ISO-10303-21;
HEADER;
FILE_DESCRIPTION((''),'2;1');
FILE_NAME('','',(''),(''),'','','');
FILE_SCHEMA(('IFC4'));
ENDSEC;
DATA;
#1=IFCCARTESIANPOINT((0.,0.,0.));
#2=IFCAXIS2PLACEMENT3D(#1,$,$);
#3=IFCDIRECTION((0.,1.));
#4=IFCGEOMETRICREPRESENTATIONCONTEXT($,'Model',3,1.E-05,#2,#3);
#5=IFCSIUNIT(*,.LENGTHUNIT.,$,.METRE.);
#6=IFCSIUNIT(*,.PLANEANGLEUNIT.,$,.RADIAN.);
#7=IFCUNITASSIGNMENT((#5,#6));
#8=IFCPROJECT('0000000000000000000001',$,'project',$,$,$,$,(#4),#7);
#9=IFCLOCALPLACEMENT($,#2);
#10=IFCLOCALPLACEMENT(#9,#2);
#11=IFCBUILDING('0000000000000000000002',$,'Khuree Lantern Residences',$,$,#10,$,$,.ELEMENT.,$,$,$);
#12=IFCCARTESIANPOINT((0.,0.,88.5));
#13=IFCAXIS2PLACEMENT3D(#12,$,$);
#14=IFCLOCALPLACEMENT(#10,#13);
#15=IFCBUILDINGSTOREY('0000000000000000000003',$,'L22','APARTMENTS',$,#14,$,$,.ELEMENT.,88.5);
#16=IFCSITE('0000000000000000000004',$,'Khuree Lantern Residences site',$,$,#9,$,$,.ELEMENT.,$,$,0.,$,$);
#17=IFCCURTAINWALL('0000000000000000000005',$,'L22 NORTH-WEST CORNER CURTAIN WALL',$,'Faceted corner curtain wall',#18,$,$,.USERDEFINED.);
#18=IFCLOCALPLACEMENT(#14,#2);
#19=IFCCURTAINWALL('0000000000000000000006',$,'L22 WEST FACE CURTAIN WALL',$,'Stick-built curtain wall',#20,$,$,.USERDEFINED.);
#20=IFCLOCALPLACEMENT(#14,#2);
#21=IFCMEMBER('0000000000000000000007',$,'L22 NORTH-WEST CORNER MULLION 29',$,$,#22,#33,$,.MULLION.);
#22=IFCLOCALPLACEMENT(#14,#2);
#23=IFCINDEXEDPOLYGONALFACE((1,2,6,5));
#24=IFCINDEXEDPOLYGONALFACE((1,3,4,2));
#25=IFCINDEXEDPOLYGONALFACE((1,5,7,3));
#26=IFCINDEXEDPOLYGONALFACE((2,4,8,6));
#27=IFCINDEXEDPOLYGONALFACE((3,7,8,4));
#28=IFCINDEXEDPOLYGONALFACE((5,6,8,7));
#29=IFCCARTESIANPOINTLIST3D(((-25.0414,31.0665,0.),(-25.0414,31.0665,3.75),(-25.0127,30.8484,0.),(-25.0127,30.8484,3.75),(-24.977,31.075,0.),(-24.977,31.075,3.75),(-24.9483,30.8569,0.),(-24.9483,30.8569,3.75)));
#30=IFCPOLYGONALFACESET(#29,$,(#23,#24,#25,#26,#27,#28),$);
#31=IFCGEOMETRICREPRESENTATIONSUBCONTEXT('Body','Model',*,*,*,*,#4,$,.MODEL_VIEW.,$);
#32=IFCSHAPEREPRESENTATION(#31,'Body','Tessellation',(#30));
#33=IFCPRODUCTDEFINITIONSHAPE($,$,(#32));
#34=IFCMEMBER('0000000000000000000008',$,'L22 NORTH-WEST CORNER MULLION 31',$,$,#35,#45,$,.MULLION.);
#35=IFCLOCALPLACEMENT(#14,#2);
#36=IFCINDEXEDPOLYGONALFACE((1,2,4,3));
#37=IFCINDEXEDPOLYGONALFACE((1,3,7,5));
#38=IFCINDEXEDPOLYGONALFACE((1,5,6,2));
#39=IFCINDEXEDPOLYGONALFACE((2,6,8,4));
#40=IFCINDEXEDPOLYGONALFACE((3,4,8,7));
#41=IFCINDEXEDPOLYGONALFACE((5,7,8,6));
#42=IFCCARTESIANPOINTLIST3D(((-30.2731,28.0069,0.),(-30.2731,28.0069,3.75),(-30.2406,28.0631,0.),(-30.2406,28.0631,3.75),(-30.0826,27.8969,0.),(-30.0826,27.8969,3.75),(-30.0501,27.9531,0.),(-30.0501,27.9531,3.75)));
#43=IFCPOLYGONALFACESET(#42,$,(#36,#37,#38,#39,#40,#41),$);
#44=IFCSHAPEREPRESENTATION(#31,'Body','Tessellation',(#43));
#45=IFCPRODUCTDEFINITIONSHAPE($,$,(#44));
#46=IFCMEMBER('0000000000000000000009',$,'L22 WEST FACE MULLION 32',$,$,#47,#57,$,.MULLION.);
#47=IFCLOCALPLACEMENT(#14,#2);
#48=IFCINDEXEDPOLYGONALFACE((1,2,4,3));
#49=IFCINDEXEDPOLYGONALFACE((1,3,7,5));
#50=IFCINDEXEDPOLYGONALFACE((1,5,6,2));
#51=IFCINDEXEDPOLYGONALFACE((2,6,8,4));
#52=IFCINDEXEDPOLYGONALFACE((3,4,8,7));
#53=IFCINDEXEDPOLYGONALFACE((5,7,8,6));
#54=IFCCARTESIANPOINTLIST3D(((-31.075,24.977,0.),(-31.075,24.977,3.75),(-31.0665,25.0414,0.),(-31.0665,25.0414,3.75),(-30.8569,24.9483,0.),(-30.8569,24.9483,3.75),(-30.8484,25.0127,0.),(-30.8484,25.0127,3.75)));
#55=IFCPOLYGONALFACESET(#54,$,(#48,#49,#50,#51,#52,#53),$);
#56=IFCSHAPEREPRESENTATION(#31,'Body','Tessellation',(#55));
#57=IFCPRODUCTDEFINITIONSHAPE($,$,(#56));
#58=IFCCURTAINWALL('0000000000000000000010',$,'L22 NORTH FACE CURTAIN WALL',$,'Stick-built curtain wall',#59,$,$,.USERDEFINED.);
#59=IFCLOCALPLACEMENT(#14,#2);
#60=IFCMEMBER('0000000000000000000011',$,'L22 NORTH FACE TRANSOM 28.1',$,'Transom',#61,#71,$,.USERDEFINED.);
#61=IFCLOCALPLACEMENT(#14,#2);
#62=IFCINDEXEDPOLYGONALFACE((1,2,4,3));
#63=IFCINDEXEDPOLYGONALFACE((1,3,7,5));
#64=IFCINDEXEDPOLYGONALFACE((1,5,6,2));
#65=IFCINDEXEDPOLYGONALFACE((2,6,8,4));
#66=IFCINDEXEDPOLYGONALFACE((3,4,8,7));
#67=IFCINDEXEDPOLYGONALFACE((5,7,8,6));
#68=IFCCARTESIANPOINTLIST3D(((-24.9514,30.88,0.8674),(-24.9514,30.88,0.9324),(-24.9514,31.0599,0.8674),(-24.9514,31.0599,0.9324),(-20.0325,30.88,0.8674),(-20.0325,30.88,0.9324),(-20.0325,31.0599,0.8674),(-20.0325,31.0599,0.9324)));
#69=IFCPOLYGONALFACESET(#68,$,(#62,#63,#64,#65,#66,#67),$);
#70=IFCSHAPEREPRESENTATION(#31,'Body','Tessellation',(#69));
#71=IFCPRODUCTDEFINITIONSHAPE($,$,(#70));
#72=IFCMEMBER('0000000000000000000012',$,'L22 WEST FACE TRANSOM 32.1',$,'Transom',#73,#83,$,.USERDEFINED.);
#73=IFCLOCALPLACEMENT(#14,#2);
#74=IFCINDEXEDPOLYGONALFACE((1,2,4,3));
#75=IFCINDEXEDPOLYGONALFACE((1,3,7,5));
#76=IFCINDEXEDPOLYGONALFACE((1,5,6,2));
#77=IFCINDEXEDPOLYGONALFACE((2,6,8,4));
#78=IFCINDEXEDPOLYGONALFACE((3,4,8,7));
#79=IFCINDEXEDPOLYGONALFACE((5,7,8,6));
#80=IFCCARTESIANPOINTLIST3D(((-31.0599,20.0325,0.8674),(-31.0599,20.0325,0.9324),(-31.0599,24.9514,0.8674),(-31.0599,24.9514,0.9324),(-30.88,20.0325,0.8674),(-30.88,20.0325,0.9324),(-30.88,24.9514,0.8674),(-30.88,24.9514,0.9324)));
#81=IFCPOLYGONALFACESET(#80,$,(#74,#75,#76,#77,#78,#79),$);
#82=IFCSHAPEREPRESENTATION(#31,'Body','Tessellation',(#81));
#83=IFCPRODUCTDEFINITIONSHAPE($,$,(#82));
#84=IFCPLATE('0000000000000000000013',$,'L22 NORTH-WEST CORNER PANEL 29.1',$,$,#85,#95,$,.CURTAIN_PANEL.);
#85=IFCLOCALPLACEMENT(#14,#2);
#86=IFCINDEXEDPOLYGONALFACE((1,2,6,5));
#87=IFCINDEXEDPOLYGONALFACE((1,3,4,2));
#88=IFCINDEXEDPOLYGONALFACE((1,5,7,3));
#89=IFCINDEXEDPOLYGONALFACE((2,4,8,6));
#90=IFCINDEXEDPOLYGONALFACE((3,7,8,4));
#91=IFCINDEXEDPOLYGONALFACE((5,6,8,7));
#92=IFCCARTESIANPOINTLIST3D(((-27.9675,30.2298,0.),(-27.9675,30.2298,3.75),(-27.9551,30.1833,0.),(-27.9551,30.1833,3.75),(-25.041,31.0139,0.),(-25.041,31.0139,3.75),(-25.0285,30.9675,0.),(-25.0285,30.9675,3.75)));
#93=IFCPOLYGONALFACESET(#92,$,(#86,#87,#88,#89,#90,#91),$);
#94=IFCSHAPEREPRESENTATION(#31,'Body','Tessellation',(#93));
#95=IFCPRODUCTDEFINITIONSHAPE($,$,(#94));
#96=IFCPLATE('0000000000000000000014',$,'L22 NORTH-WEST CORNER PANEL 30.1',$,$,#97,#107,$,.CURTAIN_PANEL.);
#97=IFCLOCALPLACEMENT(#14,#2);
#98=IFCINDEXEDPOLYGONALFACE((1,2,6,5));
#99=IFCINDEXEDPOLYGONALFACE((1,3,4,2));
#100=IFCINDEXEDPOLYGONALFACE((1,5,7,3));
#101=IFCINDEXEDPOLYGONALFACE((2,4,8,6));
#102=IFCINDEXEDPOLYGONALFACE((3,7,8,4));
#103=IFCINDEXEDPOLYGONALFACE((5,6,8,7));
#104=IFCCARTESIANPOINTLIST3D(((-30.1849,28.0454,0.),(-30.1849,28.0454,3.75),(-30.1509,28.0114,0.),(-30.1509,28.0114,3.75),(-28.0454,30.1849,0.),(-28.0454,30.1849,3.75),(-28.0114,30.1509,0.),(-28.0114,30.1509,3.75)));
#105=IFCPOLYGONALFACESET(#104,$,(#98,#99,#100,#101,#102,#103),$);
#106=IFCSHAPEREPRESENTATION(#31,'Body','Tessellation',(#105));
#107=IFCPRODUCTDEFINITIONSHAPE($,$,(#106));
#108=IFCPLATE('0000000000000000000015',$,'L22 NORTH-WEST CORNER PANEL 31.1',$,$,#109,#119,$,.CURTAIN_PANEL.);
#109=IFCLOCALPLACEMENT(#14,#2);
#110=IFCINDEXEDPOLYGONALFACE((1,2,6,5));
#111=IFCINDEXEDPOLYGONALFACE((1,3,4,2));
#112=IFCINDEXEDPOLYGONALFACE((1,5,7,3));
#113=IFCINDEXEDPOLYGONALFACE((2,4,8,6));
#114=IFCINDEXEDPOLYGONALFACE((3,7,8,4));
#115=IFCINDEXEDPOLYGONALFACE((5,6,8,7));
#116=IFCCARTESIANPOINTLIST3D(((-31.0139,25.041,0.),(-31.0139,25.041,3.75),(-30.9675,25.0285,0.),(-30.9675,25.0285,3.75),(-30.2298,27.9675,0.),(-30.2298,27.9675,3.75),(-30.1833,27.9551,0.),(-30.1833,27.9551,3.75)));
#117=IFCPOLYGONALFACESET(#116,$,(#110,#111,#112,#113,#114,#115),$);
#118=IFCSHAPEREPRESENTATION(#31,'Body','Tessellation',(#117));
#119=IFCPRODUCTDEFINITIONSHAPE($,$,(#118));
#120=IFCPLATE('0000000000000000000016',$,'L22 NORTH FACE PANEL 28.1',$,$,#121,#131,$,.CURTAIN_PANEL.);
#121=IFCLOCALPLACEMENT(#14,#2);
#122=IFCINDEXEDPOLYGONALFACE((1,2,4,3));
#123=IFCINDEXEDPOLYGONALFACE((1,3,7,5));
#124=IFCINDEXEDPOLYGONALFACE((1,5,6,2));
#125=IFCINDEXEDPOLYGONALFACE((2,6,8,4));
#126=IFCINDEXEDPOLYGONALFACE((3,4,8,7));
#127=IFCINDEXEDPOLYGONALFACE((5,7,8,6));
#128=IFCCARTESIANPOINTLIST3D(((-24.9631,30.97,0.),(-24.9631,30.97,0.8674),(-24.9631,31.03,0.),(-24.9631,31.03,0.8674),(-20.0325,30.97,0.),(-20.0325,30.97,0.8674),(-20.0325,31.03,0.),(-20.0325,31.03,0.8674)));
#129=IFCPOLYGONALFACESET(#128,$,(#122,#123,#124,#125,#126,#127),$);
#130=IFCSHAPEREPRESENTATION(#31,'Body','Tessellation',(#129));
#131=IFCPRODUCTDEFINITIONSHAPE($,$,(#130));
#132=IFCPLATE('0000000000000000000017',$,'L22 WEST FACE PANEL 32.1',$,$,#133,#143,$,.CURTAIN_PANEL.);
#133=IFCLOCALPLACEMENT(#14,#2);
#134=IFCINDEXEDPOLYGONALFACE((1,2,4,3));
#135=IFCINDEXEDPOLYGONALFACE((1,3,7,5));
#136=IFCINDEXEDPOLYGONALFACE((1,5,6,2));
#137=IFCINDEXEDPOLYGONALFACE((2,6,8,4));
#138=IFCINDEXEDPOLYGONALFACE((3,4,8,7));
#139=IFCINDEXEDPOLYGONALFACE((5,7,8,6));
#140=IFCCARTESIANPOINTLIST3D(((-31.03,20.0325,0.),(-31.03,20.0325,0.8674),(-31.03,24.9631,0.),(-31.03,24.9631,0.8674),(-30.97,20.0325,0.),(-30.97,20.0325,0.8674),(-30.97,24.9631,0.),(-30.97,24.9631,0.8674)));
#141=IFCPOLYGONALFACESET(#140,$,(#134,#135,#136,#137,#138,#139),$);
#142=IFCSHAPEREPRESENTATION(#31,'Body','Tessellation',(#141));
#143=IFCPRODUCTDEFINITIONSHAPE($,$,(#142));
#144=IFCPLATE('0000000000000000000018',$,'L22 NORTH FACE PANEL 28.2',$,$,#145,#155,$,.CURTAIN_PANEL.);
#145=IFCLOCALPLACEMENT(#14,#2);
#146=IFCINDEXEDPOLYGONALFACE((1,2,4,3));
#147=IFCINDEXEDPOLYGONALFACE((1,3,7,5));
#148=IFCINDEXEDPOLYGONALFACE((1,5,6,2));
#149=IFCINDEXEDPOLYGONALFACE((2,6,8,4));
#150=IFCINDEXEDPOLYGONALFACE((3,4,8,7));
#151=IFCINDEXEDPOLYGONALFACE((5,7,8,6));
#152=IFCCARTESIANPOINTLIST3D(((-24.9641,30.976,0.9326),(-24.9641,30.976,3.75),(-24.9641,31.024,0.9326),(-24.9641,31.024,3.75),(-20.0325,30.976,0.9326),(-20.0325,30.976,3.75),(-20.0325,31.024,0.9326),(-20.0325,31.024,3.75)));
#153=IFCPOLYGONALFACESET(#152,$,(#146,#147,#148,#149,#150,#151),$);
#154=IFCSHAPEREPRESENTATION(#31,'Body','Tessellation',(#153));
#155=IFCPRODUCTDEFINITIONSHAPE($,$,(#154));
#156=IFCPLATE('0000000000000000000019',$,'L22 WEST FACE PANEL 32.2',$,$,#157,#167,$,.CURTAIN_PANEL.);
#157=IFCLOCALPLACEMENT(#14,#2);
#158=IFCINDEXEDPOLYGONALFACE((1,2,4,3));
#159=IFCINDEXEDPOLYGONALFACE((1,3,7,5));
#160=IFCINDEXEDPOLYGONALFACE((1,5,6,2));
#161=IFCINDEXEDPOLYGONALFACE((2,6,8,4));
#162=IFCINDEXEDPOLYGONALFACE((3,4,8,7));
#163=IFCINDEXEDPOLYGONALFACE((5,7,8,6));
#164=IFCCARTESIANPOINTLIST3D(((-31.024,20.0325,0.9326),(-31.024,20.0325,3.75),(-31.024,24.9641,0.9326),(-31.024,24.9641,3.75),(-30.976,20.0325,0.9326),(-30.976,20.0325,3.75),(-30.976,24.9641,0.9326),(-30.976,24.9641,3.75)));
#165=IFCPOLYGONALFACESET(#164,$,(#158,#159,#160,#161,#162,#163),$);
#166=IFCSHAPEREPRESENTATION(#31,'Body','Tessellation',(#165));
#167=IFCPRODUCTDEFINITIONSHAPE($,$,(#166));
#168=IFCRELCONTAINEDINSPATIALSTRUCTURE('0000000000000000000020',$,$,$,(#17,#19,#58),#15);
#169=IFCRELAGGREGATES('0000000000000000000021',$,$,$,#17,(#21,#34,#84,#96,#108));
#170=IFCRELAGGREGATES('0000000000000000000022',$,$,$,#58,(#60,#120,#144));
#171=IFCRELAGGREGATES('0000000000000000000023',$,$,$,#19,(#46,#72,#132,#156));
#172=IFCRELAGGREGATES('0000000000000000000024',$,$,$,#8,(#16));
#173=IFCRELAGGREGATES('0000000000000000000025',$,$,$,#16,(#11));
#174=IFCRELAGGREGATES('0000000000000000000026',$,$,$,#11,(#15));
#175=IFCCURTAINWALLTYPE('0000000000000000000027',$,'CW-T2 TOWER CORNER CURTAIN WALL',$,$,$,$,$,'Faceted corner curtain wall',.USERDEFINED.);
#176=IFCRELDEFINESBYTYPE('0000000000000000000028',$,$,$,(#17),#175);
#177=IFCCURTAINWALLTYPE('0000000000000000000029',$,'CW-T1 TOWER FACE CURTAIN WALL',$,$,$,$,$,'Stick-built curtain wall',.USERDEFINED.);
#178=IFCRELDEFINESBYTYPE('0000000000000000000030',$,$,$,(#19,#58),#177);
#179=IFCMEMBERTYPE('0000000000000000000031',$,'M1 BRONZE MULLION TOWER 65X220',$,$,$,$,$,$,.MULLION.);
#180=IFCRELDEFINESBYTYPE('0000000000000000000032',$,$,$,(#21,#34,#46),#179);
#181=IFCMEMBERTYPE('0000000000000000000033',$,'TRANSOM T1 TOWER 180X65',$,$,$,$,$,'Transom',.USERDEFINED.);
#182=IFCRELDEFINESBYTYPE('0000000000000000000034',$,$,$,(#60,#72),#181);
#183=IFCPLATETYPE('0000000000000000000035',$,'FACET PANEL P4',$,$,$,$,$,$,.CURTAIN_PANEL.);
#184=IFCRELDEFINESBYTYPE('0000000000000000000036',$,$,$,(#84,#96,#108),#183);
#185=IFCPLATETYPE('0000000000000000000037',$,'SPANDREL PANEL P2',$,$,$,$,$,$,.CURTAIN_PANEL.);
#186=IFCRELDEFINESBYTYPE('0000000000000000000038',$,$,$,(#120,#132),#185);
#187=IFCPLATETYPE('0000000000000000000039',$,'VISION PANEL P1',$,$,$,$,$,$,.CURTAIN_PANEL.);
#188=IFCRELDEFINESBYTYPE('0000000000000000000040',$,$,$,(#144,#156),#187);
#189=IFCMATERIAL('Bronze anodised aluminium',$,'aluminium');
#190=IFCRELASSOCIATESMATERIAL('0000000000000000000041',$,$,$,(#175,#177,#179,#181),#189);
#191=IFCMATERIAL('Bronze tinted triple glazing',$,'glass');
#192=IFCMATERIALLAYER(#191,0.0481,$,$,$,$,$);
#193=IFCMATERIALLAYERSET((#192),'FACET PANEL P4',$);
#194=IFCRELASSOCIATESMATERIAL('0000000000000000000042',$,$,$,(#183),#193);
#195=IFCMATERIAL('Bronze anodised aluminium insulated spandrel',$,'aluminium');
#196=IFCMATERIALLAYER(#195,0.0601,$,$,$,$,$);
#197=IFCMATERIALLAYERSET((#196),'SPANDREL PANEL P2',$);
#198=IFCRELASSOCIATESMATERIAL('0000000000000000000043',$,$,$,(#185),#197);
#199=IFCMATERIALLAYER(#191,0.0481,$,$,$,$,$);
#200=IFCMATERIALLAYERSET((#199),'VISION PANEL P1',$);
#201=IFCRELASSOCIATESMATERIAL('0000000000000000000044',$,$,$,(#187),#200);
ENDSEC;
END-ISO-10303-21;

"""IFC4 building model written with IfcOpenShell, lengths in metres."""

from ifc_helpers import new_model, si_unit, direction, frame, origin, origin_2d, place, context, subcontext, project, spatial, rectangle, extrude, material, layer, layer_set, material_profile, profile_set, type_object, element, aggregate, save


model = new_model("IFC4")

# Units and contexts
model_context = context("Model", 3, precision=1e-05, world=origin(), true_north=direction((0.0, 1.0)))
body_context = subcontext(model_context, "Body", "Model", "MODEL_VIEW")
ifc_project = project(units=[si_unit("LENGTHUNIT", "METRE"), si_unit("PLANEANGLEUNIT", "RADIAN")], contexts=[model_context])

# Site, building, storey
site_placement = place(None, origin())
site = spatial("IfcSite", under=ifc_project, at=site_placement, Name="Khuree Lantern Residences site", CompositionType="ELEMENT", RefElevation=0.0)
building_placement = place(site_placement, origin())
building = spatial("IfcBuilding", under=site, at=building_placement, Name="Khuree Lantern Residences", CompositionType="ELEMENT")
storey_placement = place(building_placement, frame((0.0, 0.0, 88.5)))
storey = spatial("IfcBuildingStorey", under=building, at=storey_placement, Name="L22", Description="APARTMENTS", CompositionType="ELEMENT", Elevation=88.5)

# Curtain walls
ifc_material_1 = material(Name="Bronze anodised aluminium", Category="aluminium")
curtain_wall_type_1 = type_object("IfcCurtainWallType", Name="CW-T2 TOWER CORNER CURTAIN WALL", ElementType="Faceted corner curtain wall", PredefinedType="USERDEFINED", material=ifc_material_1)
curtain_wall_1_placement = place(storey_placement, origin())
curtain_wall_1 = element("IfcCurtainWall", 1, at=curtain_wall_1_placement, inside=storey, type_object=curtain_wall_type_1, Name="L22 NORTH-WEST CORNER CURTAIN WALL", ObjectType="Faceted corner curtain wall", PredefinedType="USERDEFINED")
curtain_wall_type_2 = type_object("IfcCurtainWallType", Name="CW-T1 TOWER FACE CURTAIN WALL", ElementType="Stick-built curtain wall", PredefinedType="USERDEFINED", material=ifc_material_1)
curtain_wall_2_placement = place(storey_placement, origin())
curtain_wall_2 = element("IfcCurtainWall", 2, at=curtain_wall_2_placement, inside=storey, type_object=curtain_wall_type_2, Name="L22 WEST FACE CURTAIN WALL", ObjectType="Stick-built curtain wall", PredefinedType="USERDEFINED")

# Members
ifc_material_profile_1 = material_profile(ifc_material_1, rectangle(XDim=0.0649, YDim=0.22, at=origin_2d()), Name="M1 65X220")
ifc_profile_set_1 = profile_set([ifc_material_profile_1], Name="Bronze anodised aluminium")
member_type_1 = type_object("IfcMemberType", Name="M1 BRONZE MULLION TOWER 65X220", PredefinedType="MULLION", material=ifc_profile_set_1)
member_1_placement = place(storey_placement, frame((-24.9949, 30.9617, 0.0), z_axis=(0.0, 0.0, 1.0), x_axis=(-0.991445, -0.130526, 0.0)))
member_1 = element("IfcMember", 3, at=member_1_placement, type_object=member_type_1, Name="L22 NORTH-WEST CORNER MULLION 29", PredefinedType="MULLION", context=body_context, shape_type="SweptSolid", body=[
    extrude(rectangle(XDim=0.0649, YDim=0.22, at=origin_2d()), origin(), (0.0, 0.0, 1.0), 3.75),
])
member_2_placement = place(storey_placement, frame((-30.1616, 27.98, 0.0), z_axis=(0.0, 0.0, 1.0), x_axis=(-0.5, -0.866025, 0.0)))
member_2 = element("IfcMember", 4, at=member_2_placement, type_object=member_type_1, Name="L22 NORTH-WEST CORNER MULLION 31", PredefinedType="MULLION", context=body_context, shape_type="SweptSolid", body=[
    extrude(rectangle(XDim=0.0649, YDim=0.22, at=origin_2d()), origin(), (0.0, 0.0, 1.0), 3.75),
])
member_3_placement = place(storey_placement, frame((-30.9617, 24.9949, 0.0), z_axis=(0.0, 0.0, 1.0), x_axis=(-0.130526, -0.991445, 0.0)))
member_3 = element("IfcMember", 5, at=member_3_placement, type_object=member_type_1, Name="L22 WEST FACE MULLION 32", PredefinedType="MULLION", context=body_context, shape_type="SweptSolid", body=[
    extrude(rectangle(XDim=0.0649, YDim=0.22, at=origin_2d()), origin(), (0.0, 0.0, 1.0), 3.75),
])

# Curtain wall, member
curtain_wall_3_placement = place(storey_placement, origin())
curtain_wall_3 = element("IfcCurtainWall", 6, at=curtain_wall_3_placement, inside=storey, type_object=curtain_wall_type_2, Name="L22 NORTH FACE CURTAIN WALL", ObjectType="Stick-built curtain wall", PredefinedType="USERDEFINED")
ifc_material_profile_2 = material_profile(ifc_material_1, rectangle(XDim=0.1799, YDim=0.0649, at=origin_2d()), Name="T1 180X65")
ifc_profile_set_2 = profile_set([ifc_material_profile_2], Name="Bronze anodised aluminium")
member_type_2 = type_object("IfcMemberType", Name="TRANSOM T1 TOWER 180X65", ElementType="Transom", PredefinedType="USERDEFINED", material=ifc_profile_set_2)
member_4_placement = place(storey_placement, frame((-20.0325, 30.97, 0.8999), z_axis=(-1.0, 0.0, 0.0), x_axis=(0.0, -1.0, 0.0)))
member_4 = element("IfcMember", 7, at=member_4_placement, type_object=member_type_2, Name="L22 NORTH FACE TRANSOM 28.1", ObjectType="Transom", PredefinedType="USERDEFINED", context=body_context, shape_type="SweptSolid", body=[
    extrude(rectangle(XDim=0.1799, YDim=0.0649, at=origin_2d()), origin(), (0.0, 0.0, 1.0), 4.9189),
])

# Member
member_5_placement = place(storey_placement, frame((-30.97, 24.9514, 0.8999), z_axis=(0.0, -1.0, 0.0), x_axis=(1.0, 0.0, 0.0)))
member_5 = element("IfcMember", 8, at=member_5_placement, type_object=member_type_2, Name="L22 WEST FACE TRANSOM 32.1", ObjectType="Transom", PredefinedType="USERDEFINED", context=body_context, shape_type="SweptSolid", body=[
    extrude(rectangle(XDim=0.1799, YDim=0.0649, at=origin_2d()), origin(), (0.0, 0.0, 1.0), 4.9189),
])

# Plates
ifc_material_2 = material(Name="Bronze tinted triple glazing", Category="glass")
ifc_layer_1 = layer(ifc_material_2, 0.0481)
ifc_layer_set_1 = layer_set([ifc_layer_1], Name="FACET PANEL P4")
plate_type_1 = type_object("IfcPlateType", Name="FACET PANEL P4", PredefinedType="CURTAIN_PANEL", material=ifc_layer_set_1)
plate_1_placement = place(storey_placement, frame((-26.498, 30.5986, 0.0), z_axis=(0.0, 0.0, 1.0), x_axis=(-0.965926, -0.258819, 0.0)))
plate_1 = element("IfcPlate", 9, at=plate_1_placement, type_object=plate_type_1, Name="L22 NORTH-WEST CORNER PANEL 29.1", PredefinedType="CURTAIN_PANEL", context=body_context, shape_type="SweptSolid", body=[
    extrude(rectangle(XDim=3.0298, YDim=0.0481, at=origin_2d()), origin(), (0.0, 0.0, 1.0), 3.75),
])
plate_2_placement = place(storey_placement, frame((-29.0981, 29.0981, 0.0), z_axis=(0.0, 0.0, 1.0), x_axis=(-0.707107, -0.707107, 0.0)))
plate_2 = element("IfcPlate", 10, at=plate_2_placement, type_object=plate_type_1, Name="L22 NORTH-WEST CORNER PANEL 30.1", PredefinedType="CURTAIN_PANEL", context=body_context, shape_type="SweptSolid", body=[
    extrude(rectangle(XDim=3.0256, YDim=0.0481, at=origin_2d()), origin(), (0.0, 0.0, 1.0), 3.75),
])
plate_3_placement = place(storey_placement, frame((-30.5986, 26.498, 0.0), z_axis=(0.0, 0.0, 1.0), x_axis=(-0.258819, -0.965926, 0.0)))
plate_3 = element("IfcPlate", 11, at=plate_3_placement, type_object=plate_type_1, Name="L22 NORTH-WEST CORNER PANEL 31.1", PredefinedType="CURTAIN_PANEL", context=body_context, shape_type="SweptSolid", body=[
    extrude(rectangle(XDim=3.0298, YDim=0.0481, at=origin_2d()), origin(), (0.0, 0.0, 1.0), 3.75),
])
aggregate(curtain_wall_1, [member_1, member_2, plate_1, plate_2, plate_3])
ifc_material_3 = material(Name="Bronze anodised aluminium insulated spandrel", Category="aluminium")
ifc_layer_2 = layer(ifc_material_3, 0.0601)
ifc_layer_set_2 = layer_set([ifc_layer_2], Name="SPANDREL PANEL P2")
plate_type_2 = type_object("IfcPlateType", Name="SPANDREL PANEL P2", PredefinedType="CURTAIN_PANEL", material=ifc_layer_set_2)
plate_4_placement = place(storey_placement, frame((-22.4978, 31.0, 0.0), z_axis=(0.0, 0.0, 1.0), x_axis=(-1.0, 0.0, 0.0)))
plate_4 = element("IfcPlate", 12, at=plate_4_placement, type_object=plate_type_2, Name="L22 NORTH FACE PANEL 28.1", PredefinedType="CURTAIN_PANEL", context=body_context, shape_type="SweptSolid", body=[
    extrude(rectangle(XDim=4.9307, YDim=0.0601, at=origin_2d()), origin(), (0.0, 0.0, 1.0), 0.8674),
])
plate_5_placement = place(storey_placement, frame((-31.0, 22.4978, 0.0), z_axis=(0.0, 0.0, 1.0), x_axis=(0.0, -1.0, 0.0)))
plate_5 = element("IfcPlate", 13, at=plate_5_placement, type_object=plate_type_2, Name="L22 WEST FACE PANEL 32.1", PredefinedType="CURTAIN_PANEL", context=body_context, shape_type="SweptSolid", body=[
    extrude(rectangle(XDim=4.9307, YDim=0.0601, at=origin_2d()), origin(), (0.0, 0.0, 1.0), 0.8674),
])
ifc_layer_3 = layer(ifc_material_2, 0.0481)
ifc_layer_set_3 = layer_set([ifc_layer_3], Name="VISION PANEL P1")
plate_type_3 = type_object("IfcPlateType", Name="VISION PANEL P1", PredefinedType="CURTAIN_PANEL", material=ifc_layer_set_3)
plate_6_placement = place(storey_placement, frame((-22.4983, 31.0, 0.9326), z_axis=(0.0, 0.0, 1.0), x_axis=(-1.0, 0.0, 0.0)))
plate_6 = element("IfcPlate", 14, at=plate_6_placement, type_object=plate_type_3, Name="L22 NORTH FACE PANEL 28.2", PredefinedType="CURTAIN_PANEL", context=body_context, shape_type="SweptSolid", body=[
    extrude(rectangle(XDim=4.9316, YDim=0.0481, at=origin_2d()), origin(), (0.0, 0.0, 1.0), 2.8174),
])
aggregate(curtain_wall_3, [member_4, plate_4, plate_6])
plate_7_placement = place(storey_placement, frame((-31.0, 22.4983, 0.9326), z_axis=(0.0, 0.0, 1.0), x_axis=(0.0, -1.0, 0.0)))
plate_7 = element("IfcPlate", 15, at=plate_7_placement, type_object=plate_type_3, Name="L22 WEST FACE PANEL 32.2", PredefinedType="CURTAIN_PANEL", context=body_context, shape_type="SweptSolid", body=[
    extrude(rectangle(XDim=4.9316, YDim=0.0481, at=origin_2d()), origin(), (0.0, 0.0, 1.0), 2.8174),
])
aggregate(curtain_wall_2, [member_3, member_5, plate_5, plate_7])

save(model, "model.ifc")
